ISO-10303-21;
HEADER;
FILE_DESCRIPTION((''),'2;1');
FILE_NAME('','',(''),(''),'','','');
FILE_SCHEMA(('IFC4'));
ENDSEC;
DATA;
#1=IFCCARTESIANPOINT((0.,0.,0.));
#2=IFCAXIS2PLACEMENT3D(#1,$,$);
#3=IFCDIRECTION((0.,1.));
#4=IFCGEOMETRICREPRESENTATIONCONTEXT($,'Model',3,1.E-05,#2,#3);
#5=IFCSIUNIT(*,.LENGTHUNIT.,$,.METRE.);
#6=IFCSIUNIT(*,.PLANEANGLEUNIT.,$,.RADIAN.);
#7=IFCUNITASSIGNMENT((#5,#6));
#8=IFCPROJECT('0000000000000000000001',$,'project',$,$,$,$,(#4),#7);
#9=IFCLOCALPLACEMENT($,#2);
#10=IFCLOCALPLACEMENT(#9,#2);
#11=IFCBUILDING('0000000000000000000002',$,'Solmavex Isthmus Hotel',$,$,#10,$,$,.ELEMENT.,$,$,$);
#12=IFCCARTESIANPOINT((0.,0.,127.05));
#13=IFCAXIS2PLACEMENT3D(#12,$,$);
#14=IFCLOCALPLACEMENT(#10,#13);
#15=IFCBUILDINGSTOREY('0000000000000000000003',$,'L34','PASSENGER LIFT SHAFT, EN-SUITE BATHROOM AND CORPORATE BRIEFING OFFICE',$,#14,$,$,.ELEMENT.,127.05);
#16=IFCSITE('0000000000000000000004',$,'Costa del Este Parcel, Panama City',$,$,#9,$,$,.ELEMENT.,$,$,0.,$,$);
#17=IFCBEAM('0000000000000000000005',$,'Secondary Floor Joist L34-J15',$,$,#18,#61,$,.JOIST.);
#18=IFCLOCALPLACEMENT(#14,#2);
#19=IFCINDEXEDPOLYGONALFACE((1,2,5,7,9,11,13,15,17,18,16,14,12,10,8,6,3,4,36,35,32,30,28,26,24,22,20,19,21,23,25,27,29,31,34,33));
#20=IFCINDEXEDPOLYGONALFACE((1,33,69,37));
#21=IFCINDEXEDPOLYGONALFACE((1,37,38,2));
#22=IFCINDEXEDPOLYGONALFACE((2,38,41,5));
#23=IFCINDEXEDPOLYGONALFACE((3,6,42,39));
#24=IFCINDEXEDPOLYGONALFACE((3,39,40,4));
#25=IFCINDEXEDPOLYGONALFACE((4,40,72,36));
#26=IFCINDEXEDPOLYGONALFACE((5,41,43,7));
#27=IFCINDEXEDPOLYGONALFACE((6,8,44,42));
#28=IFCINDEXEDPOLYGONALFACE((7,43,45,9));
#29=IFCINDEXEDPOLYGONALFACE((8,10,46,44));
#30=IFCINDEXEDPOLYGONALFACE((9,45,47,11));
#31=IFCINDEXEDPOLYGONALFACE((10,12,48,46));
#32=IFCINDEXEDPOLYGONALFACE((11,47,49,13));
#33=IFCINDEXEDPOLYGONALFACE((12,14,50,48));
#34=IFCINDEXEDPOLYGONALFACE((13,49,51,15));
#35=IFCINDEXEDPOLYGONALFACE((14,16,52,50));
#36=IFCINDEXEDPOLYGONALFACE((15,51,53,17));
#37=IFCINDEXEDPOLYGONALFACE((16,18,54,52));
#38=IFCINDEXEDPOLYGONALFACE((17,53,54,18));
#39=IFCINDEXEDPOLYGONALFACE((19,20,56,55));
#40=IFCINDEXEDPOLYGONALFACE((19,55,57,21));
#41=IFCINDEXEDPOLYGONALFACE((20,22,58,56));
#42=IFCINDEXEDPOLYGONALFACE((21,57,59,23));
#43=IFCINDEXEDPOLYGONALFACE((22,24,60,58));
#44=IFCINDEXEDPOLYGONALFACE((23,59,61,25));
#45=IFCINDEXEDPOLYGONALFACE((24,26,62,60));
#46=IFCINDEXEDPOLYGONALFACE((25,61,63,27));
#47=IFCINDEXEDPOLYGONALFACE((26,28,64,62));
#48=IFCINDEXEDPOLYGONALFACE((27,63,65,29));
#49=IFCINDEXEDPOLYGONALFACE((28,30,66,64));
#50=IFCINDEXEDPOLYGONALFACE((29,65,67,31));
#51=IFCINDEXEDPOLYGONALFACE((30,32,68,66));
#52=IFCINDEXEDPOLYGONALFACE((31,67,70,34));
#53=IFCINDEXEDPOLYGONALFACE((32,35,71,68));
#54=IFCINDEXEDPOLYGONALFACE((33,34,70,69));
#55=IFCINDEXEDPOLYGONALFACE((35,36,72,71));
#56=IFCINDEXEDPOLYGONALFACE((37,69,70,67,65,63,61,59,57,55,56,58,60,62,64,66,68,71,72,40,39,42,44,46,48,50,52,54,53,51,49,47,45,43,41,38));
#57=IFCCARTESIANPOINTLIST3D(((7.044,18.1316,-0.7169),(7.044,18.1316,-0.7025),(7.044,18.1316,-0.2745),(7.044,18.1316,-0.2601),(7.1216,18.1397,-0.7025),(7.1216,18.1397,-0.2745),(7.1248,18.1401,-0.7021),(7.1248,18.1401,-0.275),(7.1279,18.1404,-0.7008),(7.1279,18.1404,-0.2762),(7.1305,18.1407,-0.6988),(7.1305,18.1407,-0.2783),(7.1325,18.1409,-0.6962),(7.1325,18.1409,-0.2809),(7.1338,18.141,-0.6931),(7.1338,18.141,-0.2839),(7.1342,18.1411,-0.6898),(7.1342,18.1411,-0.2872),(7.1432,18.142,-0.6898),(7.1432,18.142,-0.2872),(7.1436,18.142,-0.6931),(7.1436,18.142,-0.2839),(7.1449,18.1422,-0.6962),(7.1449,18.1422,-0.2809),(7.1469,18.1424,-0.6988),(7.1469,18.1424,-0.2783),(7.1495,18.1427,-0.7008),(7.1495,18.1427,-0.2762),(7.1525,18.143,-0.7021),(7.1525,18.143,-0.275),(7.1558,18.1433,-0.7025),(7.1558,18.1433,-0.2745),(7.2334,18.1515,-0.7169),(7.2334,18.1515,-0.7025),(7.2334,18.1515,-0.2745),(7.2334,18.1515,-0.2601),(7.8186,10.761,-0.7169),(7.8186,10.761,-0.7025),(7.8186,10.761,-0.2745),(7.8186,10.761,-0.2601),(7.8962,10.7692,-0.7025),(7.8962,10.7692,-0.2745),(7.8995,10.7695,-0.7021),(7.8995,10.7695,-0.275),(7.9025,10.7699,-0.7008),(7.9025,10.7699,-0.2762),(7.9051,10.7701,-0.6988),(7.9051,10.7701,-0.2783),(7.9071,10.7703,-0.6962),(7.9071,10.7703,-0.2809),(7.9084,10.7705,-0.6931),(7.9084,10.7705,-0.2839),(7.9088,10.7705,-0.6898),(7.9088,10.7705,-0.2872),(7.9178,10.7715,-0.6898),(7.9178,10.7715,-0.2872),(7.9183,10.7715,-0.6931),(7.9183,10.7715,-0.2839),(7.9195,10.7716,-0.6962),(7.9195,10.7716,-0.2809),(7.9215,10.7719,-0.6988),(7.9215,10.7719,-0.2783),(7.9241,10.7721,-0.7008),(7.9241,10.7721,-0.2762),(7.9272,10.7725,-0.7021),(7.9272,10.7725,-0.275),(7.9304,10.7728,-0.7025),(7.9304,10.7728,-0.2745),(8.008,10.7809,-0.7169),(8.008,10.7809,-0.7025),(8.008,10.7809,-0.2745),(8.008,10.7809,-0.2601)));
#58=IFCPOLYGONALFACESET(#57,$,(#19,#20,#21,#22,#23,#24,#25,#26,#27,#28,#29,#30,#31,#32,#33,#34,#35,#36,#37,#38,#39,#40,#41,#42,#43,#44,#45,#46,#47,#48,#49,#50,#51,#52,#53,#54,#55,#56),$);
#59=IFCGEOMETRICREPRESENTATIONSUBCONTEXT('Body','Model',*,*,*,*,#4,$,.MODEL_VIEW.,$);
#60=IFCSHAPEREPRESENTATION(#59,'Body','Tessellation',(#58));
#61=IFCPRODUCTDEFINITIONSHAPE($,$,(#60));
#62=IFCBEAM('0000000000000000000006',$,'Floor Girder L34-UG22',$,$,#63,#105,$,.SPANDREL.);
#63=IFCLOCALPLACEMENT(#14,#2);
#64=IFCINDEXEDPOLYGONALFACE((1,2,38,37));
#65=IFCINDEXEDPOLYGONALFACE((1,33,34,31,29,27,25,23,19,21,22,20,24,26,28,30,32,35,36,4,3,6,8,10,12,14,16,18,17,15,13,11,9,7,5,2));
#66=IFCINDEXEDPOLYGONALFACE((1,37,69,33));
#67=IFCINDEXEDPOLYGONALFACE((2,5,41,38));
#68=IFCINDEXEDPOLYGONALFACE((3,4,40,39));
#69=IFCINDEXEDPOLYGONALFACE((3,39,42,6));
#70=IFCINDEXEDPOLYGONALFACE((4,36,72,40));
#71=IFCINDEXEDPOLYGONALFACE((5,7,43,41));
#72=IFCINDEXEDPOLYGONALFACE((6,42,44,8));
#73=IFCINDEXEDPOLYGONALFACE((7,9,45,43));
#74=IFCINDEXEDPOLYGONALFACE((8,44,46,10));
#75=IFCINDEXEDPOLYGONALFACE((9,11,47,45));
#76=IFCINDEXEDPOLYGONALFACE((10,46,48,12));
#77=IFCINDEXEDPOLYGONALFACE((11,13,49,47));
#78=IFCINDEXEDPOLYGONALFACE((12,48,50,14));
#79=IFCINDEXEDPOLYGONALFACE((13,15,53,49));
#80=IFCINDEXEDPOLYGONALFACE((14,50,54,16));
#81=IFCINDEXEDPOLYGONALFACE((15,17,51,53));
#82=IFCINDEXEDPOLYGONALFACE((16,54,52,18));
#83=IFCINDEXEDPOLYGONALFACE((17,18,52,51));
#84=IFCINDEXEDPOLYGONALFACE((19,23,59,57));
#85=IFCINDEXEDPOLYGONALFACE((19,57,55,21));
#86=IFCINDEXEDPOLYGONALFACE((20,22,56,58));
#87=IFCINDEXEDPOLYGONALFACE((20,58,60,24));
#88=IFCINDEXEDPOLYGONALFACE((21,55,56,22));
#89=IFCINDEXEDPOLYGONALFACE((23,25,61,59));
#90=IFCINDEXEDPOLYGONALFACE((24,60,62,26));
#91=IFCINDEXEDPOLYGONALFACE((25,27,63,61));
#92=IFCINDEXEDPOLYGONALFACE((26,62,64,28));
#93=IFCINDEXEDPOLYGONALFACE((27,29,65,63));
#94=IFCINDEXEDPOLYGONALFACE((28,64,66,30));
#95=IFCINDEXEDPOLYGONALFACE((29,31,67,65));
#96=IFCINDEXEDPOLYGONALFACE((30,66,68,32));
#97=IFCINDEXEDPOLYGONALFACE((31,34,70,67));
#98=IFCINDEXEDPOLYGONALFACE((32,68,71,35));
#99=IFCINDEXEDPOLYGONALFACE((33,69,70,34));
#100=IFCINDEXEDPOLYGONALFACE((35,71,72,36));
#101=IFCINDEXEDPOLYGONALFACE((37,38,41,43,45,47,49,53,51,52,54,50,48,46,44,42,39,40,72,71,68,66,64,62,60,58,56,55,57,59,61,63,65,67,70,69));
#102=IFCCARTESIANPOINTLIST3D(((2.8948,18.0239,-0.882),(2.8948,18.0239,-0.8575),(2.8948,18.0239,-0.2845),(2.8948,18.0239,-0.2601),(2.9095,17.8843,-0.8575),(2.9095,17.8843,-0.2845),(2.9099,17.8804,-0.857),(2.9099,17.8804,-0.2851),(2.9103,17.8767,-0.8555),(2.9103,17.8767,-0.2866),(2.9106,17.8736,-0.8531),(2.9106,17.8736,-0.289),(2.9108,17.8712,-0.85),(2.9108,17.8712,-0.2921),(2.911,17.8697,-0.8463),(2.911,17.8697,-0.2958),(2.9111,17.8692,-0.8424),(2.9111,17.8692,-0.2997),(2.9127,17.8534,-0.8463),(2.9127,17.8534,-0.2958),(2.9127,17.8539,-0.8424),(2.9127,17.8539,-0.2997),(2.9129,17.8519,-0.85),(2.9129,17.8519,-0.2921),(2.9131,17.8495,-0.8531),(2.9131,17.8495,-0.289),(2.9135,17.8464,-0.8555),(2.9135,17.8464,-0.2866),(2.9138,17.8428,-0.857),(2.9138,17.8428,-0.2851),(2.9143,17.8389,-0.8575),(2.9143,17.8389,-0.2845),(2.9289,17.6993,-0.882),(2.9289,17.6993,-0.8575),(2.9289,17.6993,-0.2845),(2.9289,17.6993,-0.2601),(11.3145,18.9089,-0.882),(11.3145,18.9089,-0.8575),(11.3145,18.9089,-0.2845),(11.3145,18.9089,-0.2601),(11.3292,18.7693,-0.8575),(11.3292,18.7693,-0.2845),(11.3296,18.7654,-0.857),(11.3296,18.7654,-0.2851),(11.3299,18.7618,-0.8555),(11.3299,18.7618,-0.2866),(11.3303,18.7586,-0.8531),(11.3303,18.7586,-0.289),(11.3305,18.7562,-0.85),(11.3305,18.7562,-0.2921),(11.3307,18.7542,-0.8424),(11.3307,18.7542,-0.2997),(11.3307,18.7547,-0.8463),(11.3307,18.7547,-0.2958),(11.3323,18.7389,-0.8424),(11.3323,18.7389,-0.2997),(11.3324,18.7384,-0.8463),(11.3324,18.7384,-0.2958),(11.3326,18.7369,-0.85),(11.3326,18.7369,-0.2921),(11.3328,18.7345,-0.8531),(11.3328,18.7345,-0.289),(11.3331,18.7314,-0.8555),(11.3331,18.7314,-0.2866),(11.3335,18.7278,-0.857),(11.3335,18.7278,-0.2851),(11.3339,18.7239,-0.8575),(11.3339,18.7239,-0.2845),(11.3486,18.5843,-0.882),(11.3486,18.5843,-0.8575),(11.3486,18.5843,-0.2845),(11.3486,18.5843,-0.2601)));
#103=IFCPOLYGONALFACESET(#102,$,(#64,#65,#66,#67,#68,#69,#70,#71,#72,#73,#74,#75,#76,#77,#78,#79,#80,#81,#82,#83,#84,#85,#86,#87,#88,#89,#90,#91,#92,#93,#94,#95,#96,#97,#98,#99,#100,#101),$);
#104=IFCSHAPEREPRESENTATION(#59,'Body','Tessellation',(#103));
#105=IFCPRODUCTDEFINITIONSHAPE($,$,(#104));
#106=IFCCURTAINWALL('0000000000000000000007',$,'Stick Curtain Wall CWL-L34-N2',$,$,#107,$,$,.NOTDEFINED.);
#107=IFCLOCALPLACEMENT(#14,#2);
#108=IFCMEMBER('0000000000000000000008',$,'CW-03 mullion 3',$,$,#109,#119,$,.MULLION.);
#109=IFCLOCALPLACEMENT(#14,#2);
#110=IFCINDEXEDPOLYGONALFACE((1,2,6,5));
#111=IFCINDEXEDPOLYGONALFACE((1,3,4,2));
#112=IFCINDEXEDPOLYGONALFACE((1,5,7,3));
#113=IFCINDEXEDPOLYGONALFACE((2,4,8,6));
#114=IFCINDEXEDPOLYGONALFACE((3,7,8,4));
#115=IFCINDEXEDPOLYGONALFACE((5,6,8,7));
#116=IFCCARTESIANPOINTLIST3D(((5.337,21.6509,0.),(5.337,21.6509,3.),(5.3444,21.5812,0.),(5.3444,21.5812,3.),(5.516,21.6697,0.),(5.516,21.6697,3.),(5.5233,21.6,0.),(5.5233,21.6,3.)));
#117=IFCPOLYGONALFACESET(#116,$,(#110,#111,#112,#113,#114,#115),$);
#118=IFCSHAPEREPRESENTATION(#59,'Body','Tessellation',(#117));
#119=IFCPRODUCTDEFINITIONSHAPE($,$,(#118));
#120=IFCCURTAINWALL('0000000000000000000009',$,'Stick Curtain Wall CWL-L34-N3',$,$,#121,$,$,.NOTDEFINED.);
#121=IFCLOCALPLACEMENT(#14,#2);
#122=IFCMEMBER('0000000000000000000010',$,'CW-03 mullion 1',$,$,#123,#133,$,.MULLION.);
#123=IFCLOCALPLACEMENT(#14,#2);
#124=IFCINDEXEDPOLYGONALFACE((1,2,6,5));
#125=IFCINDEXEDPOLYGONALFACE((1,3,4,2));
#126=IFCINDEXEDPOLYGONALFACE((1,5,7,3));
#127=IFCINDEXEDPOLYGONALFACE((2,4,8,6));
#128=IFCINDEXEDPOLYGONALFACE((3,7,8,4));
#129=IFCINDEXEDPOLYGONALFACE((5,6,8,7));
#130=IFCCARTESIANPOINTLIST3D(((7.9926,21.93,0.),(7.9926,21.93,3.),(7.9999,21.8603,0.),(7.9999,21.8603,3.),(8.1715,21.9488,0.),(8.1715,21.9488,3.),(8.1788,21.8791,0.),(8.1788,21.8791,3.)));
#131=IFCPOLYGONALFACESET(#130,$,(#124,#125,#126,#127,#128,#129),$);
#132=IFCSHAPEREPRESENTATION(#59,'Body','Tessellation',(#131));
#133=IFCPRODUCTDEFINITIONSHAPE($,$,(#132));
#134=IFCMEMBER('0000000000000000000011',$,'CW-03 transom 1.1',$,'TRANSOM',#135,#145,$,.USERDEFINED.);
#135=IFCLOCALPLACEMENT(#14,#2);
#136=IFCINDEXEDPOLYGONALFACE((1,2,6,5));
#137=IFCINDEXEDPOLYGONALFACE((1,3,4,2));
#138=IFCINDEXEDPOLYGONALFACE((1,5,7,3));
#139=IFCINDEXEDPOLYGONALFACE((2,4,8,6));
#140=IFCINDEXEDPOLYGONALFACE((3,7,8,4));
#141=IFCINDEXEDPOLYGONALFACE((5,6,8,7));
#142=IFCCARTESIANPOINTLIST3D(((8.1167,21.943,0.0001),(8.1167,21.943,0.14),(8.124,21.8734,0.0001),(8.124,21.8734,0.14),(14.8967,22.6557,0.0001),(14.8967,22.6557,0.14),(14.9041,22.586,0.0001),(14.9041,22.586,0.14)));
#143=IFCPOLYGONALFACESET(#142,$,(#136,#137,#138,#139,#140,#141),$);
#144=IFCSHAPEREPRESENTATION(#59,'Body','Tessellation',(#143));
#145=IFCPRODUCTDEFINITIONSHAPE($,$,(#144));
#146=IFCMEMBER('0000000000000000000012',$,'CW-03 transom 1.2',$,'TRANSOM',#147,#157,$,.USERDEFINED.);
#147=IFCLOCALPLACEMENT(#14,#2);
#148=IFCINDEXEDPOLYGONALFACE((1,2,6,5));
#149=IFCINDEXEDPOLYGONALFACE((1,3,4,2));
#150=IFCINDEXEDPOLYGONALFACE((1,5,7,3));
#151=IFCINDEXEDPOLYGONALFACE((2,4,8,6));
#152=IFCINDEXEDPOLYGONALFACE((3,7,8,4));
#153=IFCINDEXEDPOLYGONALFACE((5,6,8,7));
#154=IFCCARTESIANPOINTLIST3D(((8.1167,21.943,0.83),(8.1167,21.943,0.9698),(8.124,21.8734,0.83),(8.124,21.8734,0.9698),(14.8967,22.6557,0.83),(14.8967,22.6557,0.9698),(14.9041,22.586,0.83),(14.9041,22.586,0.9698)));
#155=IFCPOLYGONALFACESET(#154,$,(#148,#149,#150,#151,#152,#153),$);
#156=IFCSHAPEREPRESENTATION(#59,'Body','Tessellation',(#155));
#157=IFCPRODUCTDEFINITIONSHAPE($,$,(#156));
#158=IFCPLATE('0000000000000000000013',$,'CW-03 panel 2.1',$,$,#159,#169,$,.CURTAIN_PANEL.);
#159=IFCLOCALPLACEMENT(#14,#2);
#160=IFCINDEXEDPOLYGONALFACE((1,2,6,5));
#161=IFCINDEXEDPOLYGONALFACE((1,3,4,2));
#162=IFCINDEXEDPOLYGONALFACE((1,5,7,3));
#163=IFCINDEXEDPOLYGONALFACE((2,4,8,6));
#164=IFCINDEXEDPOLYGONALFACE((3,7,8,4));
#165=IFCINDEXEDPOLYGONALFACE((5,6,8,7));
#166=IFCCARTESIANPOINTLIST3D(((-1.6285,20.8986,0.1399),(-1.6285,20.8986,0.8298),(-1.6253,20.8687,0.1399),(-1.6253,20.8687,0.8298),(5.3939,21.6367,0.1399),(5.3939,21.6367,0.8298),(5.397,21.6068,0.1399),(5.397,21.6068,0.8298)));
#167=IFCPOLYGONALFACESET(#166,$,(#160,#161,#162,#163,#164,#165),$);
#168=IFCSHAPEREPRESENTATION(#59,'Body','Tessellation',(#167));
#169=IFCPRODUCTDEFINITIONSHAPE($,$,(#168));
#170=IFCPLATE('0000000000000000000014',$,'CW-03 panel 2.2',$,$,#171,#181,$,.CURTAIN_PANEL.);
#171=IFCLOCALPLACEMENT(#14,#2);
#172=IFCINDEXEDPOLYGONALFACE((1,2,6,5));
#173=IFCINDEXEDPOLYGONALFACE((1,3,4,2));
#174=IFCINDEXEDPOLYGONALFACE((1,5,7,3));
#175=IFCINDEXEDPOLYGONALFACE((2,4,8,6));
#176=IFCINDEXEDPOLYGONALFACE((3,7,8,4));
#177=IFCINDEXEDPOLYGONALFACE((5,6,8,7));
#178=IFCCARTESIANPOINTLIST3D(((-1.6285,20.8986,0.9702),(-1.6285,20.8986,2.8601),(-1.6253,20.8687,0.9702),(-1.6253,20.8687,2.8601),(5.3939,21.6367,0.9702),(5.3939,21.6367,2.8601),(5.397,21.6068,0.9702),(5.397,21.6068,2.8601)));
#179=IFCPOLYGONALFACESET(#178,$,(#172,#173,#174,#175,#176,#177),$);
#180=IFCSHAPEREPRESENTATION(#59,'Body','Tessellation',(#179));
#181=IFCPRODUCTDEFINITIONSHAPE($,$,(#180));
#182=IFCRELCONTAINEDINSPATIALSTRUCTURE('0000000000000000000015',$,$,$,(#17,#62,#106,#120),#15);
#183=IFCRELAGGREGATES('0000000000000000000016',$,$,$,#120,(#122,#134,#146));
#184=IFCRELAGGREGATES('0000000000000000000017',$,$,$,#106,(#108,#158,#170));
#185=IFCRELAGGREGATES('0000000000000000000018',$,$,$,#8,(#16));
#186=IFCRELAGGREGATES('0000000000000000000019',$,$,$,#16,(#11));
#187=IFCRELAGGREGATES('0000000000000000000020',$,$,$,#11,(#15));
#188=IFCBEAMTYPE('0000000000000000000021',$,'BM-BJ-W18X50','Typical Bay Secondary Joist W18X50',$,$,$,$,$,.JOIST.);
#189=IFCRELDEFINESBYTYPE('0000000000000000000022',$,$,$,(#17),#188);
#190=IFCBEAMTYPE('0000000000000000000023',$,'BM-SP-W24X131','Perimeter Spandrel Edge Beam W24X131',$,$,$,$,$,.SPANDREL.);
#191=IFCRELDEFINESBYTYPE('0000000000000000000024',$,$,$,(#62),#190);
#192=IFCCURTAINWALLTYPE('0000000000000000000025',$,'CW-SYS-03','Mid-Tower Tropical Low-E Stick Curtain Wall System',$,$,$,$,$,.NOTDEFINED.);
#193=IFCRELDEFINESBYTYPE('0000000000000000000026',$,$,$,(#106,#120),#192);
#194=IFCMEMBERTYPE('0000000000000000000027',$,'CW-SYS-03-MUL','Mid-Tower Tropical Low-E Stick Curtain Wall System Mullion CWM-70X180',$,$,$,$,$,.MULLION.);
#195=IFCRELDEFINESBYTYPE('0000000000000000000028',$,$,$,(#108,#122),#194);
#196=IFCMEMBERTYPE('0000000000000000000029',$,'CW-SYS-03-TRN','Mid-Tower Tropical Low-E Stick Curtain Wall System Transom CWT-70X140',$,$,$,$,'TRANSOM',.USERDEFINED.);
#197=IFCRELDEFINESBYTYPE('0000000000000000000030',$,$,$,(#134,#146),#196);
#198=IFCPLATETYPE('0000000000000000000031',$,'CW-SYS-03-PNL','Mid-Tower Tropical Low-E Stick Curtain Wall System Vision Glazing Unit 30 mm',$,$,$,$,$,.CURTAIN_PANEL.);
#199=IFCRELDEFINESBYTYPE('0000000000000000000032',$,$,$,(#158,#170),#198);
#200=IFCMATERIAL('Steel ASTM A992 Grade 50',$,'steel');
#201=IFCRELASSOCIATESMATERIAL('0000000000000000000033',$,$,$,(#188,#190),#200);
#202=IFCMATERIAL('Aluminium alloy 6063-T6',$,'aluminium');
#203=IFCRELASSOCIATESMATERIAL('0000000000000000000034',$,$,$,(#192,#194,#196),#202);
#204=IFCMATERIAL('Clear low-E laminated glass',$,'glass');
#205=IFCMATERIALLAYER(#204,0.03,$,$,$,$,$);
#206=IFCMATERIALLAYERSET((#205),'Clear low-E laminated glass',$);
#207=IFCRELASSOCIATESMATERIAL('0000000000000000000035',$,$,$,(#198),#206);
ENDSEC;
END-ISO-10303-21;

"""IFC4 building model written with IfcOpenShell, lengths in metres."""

from ifc_helpers import new_model, si_unit, direction, frame, origin, origin_2d, place, context, subcontext, project, spatial, rectangle, i_section, extrude, material, layer, layer_set, material_profile, profile_set, type_object, element, aggregate, save


model = new_model("IFC4")

# Units and contexts
model_context = context("Model", 3, precision=1e-05, world=origin(), true_north=direction((0.0, 1.0)))
body_context = subcontext(model_context, "Body", "Model", "MODEL_VIEW")
ifc_project = project(units=[si_unit("LENGTHUNIT", "METRE"), si_unit("PLANEANGLEUNIT", "RADIAN")], contexts=[model_context])

# Site, building, storey
site_placement = place(None, origin())
site = spatial("IfcSite", under=ifc_project, at=site_placement, Name="Costa del Este Parcel, Panama City", CompositionType="ELEMENT", RefElevation=0.0)
building_placement = place(site_placement, origin())
building = spatial("IfcBuilding", under=site, at=building_placement, Name="Solmavex Isthmus Hotel", CompositionType="ELEMENT")
storey_placement = place(building_placement, frame((0.0, 0.0, 127.05)))
storey = spatial("IfcBuildingStorey", under=building, at=storey_placement, Name="L34", Description="PASSENGER LIFT SHAFT, EN-SUITE BATHROOM AND CORPORATE BRIEFING OFFICE", CompositionType="ELEMENT", Elevation=127.05)

# Beams
ifc_material_1 = material(Name="Steel ASTM A992 Grade 50", Category="steel")
ifc_material_profile_1 = material_profile(ifc_material_1, i_section(OverallWidth=0.1904, OverallDepth=0.4568, WebThickness=0.009, FlangeThickness=0.0144, FilletRadius=0.0127, at=origin_2d()), Name="W18X50")
ifc_profile_set_1 = profile_set([ifc_material_profile_1], Name="Steel ASTM A992 Grade 50")
beam_type_1 = type_object("IfcBeamType", Name="BM-BJ-W18X50", Description="Typical Bay Secondary Joist W18X50", PredefinedType="JOIST", material=ifc_profile_set_1)
beam_1_placement = place(storey_placement, frame((7.9133, 10.771, -0.4885), z_axis=(-0.104525, 0.994522, 0.0), x_axis=(-0.994522, -0.104525, 0.0)))
element("IfcBeam", 1, at=beam_1_placement, inside=storey, type_object=beam_type_1, Name="Secondary Floor Joist L34-J15", PredefinedType="JOIST", context=body_context, shape_type="SweptSolid", body=[
    extrude(i_section(OverallWidth=0.1904, OverallDepth=0.4568, WebThickness=0.009, FlangeThickness=0.0144, FilletRadius=0.0127, at=origin_2d()), origin(), (0.0, 0.0, 1.0), 7.4111),
])
ifc_material_profile_2 = material_profile(ifc_material_1, i_section(OverallWidth=0.3264, OverallDepth=0.6218, WebThickness=0.0154, FlangeThickness=0.0244, FilletRadius=0.0151, at=origin_2d()), Name="W24X131")
ifc_profile_set_2 = profile_set([ifc_material_profile_2], Name="Steel ASTM A992 Grade 50")
beam_type_2 = type_object("IfcBeamType", Name="BM-SP-W24X131", Description="Perimeter Spandrel Edge Beam W24X131", PredefinedType="SPANDREL", material=ifc_profile_set_2)
beam_2_placement = place(storey_placement, frame((2.9119, 17.8616, -0.571), z_axis=(0.994521, 0.104536, 0.0), x_axis=(-0.104536, 0.994521, 0.0)))
element("IfcBeam", 2, at=beam_2_placement, inside=storey, type_object=beam_type_2, Name="Floor Girder L34-UG22", PredefinedType="SPANDREL", context=body_context, shape_type="SweptSolid", body=[
    extrude(i_section(OverallWidth=0.3264, OverallDepth=0.6218, WebThickness=0.0154, FlangeThickness=0.0244, FilletRadius=0.0151, at=origin_2d()), origin(), (0.0, 0.0, 1.0), 8.4661),
])

# Curtain wall, member
ifc_material_2 = material(Name="Aluminium alloy 6063-T6", Category="aluminium")
curtain_wall_type = type_object("IfcCurtainWallType", Name="CW-SYS-03", Description="Mid-Tower Tropical Low-E Stick Curtain Wall System", PredefinedType="NOTDEFINED", material=ifc_material_2)
curtain_wall_1_placement = place(storey_placement, origin())
curtain_wall_1 = element("IfcCurtainWall", 3, at=curtain_wall_1_placement, inside=storey, type_object=curtain_wall_type, Name="Stick Curtain Wall CWL-L34-N2", PredefinedType="NOTDEFINED")
ifc_material_profile_3 = material_profile(ifc_material_2, rectangle(XDim=0.0701, YDim=0.1799, at=origin_2d()), Name="CWM-70X180")
ifc_profile_set_3 = profile_set([ifc_material_profile_3], Name="Aluminium alloy 6063-T6")
member_type_1 = type_object("IfcMemberType", Name="CW-SYS-03-MUL", Description="Mid-Tower Tropical Low-E Stick Curtain Wall System Mullion CWM-70X180", PredefinedType="MULLION", material=ifc_profile_set_3)
member_1_placement = place(storey_placement, frame((5.4302, 21.6255, 0.0), z_axis=(0.0, 0.0, 1.0), x_axis=(-0.104528, 0.994522, 0.0)))
member_1 = element("IfcMember", 4, at=member_1_placement, type_object=member_type_1, Name="CW-03 mullion 3", PredefinedType="MULLION", context=body_context, shape_type="SweptSolid", body=[
    extrude(rectangle(XDim=0.0701, YDim=0.1799, at=origin_2d()), origin(), (0.0, 0.0, 1.0), 3.0),
])

# Curtain wall, members
curtain_wall_2_placement = place(storey_placement, origin())
curtain_wall_2 = element("IfcCurtainWall", 5, at=curtain_wall_2_placement, inside=storey, type_object=curtain_wall_type, Name="Stick Curtain Wall CWL-L34-N3", PredefinedType="NOTDEFINED")
member_2_placement = place(storey_placement, frame((8.0857, 21.9045, 0.0), z_axis=(0.0, 0.0, 1.0), x_axis=(-0.104528, 0.994522, 0.0)))
member_2 = element("IfcMember", 6, at=member_2_placement, type_object=member_type_1, Name="CW-03 mullion 1", PredefinedType="MULLION", context=body_context, shape_type="SweptSolid", body=[
    extrude(rectangle(XDim=0.0701, YDim=0.1799, at=origin_2d()), origin(), (0.0, 0.0, 1.0), 3.0),
])
ifc_material_profile_4 = material_profile(ifc_material_2, rectangle(XDim=0.0701, YDim=0.1399, at=origin_2d()), Name="CWT-70X140")
ifc_profile_set_4 = profile_set([ifc_material_profile_4], Name="Aluminium alloy 6063-T6")
member_type_2 = type_object("IfcMemberType", Name="CW-SYS-03-TRN", Description="Mid-Tower Tropical Low-E Stick Curtain Wall System Transom CWT-70X140", ElementType="TRANSOM", PredefinedType="USERDEFINED", material=ifc_profile_set_4)
member_3_placement = place(storey_placement, frame((8.1204, 21.9082, 0.0701), z_axis=(0.994521, 0.104534, 0.0), x_axis=(-0.104534, 0.994521, 0.0)))
member_3 = element("IfcMember", 7, at=member_3_placement, type_object=member_type_2, Name="CW-03 transom 1.1", ObjectType="TRANSOM", PredefinedType="USERDEFINED", context=body_context, shape_type="SweptSolid", body=[
    extrude(rectangle(XDim=0.0701, YDim=0.1399, at=origin_2d()), origin(), (0.0, 0.0, 1.0), 6.8174),
])
member_4_placement = place(storey_placement, frame((8.1204, 21.9082, 0.8999), z_axis=(0.994521, 0.104534, 0.0), x_axis=(-0.104534, 0.994521, 0.0)))
member_4 = element("IfcMember", 8, at=member_4_placement, type_object=member_type_2, Name="CW-03 transom 1.2", ObjectType="TRANSOM", PredefinedType="USERDEFINED", context=body_context, shape_type="SweptSolid", body=[
    extrude(rectangle(XDim=0.0701, YDim=0.1399, at=origin_2d()), origin(), (0.0, 0.0, 1.0), 6.8174),
])
aggregate(curtain_wall_2, [member_2, member_3, member_4])

# Plates
ifc_material_3 = material(Name="Clear low-E laminated glass", Category="glass")
ifc_layer_1 = layer(ifc_material_3, 0.03)
ifc_layer_set_1 = layer_set([ifc_layer_1], Name="Clear low-E laminated glass")
plate_type = type_object("IfcPlateType", Name="CW-SYS-03-PNL", Description="Mid-Tower Tropical Low-E Stick Curtain Wall System Vision Glazing Unit 30 mm", PredefinedType="CURTAIN_PANEL", material=ifc_layer_set_1)
plate_1_placement = place(storey_placement, frame((1.8843, 21.2527, 0.1399), z_axis=(0.0, 0.0, 1.0), x_axis=(0.994522, 0.104528, 0.0)))
plate_1 = element("IfcPlate", 9, at=plate_1_placement, type_object=plate_type, Name="CW-03 panel 2.1", PredefinedType="CURTAIN_PANEL", context=body_context, shape_type="SweptSolid", body=[
    extrude(rectangle(XDim=7.061, YDim=0.03, at=origin_2d()), origin(), (0.0, 0.0, 1.0), 0.6899),
])
plate_2_placement = place(storey_placement, frame((1.8843, 21.2527, 0.9702), z_axis=(0.0, 0.0, 1.0), x_axis=(0.994522, 0.104528, 0.0)))
plate_2 = element("IfcPlate", 10, at=plate_2_placement, type_object=plate_type, Name="CW-03 panel 2.2", PredefinedType="CURTAIN_PANEL", context=body_context, shape_type="SweptSolid", body=[
    extrude(rectangle(XDim=7.061, YDim=0.03, at=origin_2d()), origin(), (0.0, 0.0, 1.0), 1.8899),
])
aggregate(curtain_wall_1, [member_1, plate_1, plate_2])

save(model, "model.ifc")
